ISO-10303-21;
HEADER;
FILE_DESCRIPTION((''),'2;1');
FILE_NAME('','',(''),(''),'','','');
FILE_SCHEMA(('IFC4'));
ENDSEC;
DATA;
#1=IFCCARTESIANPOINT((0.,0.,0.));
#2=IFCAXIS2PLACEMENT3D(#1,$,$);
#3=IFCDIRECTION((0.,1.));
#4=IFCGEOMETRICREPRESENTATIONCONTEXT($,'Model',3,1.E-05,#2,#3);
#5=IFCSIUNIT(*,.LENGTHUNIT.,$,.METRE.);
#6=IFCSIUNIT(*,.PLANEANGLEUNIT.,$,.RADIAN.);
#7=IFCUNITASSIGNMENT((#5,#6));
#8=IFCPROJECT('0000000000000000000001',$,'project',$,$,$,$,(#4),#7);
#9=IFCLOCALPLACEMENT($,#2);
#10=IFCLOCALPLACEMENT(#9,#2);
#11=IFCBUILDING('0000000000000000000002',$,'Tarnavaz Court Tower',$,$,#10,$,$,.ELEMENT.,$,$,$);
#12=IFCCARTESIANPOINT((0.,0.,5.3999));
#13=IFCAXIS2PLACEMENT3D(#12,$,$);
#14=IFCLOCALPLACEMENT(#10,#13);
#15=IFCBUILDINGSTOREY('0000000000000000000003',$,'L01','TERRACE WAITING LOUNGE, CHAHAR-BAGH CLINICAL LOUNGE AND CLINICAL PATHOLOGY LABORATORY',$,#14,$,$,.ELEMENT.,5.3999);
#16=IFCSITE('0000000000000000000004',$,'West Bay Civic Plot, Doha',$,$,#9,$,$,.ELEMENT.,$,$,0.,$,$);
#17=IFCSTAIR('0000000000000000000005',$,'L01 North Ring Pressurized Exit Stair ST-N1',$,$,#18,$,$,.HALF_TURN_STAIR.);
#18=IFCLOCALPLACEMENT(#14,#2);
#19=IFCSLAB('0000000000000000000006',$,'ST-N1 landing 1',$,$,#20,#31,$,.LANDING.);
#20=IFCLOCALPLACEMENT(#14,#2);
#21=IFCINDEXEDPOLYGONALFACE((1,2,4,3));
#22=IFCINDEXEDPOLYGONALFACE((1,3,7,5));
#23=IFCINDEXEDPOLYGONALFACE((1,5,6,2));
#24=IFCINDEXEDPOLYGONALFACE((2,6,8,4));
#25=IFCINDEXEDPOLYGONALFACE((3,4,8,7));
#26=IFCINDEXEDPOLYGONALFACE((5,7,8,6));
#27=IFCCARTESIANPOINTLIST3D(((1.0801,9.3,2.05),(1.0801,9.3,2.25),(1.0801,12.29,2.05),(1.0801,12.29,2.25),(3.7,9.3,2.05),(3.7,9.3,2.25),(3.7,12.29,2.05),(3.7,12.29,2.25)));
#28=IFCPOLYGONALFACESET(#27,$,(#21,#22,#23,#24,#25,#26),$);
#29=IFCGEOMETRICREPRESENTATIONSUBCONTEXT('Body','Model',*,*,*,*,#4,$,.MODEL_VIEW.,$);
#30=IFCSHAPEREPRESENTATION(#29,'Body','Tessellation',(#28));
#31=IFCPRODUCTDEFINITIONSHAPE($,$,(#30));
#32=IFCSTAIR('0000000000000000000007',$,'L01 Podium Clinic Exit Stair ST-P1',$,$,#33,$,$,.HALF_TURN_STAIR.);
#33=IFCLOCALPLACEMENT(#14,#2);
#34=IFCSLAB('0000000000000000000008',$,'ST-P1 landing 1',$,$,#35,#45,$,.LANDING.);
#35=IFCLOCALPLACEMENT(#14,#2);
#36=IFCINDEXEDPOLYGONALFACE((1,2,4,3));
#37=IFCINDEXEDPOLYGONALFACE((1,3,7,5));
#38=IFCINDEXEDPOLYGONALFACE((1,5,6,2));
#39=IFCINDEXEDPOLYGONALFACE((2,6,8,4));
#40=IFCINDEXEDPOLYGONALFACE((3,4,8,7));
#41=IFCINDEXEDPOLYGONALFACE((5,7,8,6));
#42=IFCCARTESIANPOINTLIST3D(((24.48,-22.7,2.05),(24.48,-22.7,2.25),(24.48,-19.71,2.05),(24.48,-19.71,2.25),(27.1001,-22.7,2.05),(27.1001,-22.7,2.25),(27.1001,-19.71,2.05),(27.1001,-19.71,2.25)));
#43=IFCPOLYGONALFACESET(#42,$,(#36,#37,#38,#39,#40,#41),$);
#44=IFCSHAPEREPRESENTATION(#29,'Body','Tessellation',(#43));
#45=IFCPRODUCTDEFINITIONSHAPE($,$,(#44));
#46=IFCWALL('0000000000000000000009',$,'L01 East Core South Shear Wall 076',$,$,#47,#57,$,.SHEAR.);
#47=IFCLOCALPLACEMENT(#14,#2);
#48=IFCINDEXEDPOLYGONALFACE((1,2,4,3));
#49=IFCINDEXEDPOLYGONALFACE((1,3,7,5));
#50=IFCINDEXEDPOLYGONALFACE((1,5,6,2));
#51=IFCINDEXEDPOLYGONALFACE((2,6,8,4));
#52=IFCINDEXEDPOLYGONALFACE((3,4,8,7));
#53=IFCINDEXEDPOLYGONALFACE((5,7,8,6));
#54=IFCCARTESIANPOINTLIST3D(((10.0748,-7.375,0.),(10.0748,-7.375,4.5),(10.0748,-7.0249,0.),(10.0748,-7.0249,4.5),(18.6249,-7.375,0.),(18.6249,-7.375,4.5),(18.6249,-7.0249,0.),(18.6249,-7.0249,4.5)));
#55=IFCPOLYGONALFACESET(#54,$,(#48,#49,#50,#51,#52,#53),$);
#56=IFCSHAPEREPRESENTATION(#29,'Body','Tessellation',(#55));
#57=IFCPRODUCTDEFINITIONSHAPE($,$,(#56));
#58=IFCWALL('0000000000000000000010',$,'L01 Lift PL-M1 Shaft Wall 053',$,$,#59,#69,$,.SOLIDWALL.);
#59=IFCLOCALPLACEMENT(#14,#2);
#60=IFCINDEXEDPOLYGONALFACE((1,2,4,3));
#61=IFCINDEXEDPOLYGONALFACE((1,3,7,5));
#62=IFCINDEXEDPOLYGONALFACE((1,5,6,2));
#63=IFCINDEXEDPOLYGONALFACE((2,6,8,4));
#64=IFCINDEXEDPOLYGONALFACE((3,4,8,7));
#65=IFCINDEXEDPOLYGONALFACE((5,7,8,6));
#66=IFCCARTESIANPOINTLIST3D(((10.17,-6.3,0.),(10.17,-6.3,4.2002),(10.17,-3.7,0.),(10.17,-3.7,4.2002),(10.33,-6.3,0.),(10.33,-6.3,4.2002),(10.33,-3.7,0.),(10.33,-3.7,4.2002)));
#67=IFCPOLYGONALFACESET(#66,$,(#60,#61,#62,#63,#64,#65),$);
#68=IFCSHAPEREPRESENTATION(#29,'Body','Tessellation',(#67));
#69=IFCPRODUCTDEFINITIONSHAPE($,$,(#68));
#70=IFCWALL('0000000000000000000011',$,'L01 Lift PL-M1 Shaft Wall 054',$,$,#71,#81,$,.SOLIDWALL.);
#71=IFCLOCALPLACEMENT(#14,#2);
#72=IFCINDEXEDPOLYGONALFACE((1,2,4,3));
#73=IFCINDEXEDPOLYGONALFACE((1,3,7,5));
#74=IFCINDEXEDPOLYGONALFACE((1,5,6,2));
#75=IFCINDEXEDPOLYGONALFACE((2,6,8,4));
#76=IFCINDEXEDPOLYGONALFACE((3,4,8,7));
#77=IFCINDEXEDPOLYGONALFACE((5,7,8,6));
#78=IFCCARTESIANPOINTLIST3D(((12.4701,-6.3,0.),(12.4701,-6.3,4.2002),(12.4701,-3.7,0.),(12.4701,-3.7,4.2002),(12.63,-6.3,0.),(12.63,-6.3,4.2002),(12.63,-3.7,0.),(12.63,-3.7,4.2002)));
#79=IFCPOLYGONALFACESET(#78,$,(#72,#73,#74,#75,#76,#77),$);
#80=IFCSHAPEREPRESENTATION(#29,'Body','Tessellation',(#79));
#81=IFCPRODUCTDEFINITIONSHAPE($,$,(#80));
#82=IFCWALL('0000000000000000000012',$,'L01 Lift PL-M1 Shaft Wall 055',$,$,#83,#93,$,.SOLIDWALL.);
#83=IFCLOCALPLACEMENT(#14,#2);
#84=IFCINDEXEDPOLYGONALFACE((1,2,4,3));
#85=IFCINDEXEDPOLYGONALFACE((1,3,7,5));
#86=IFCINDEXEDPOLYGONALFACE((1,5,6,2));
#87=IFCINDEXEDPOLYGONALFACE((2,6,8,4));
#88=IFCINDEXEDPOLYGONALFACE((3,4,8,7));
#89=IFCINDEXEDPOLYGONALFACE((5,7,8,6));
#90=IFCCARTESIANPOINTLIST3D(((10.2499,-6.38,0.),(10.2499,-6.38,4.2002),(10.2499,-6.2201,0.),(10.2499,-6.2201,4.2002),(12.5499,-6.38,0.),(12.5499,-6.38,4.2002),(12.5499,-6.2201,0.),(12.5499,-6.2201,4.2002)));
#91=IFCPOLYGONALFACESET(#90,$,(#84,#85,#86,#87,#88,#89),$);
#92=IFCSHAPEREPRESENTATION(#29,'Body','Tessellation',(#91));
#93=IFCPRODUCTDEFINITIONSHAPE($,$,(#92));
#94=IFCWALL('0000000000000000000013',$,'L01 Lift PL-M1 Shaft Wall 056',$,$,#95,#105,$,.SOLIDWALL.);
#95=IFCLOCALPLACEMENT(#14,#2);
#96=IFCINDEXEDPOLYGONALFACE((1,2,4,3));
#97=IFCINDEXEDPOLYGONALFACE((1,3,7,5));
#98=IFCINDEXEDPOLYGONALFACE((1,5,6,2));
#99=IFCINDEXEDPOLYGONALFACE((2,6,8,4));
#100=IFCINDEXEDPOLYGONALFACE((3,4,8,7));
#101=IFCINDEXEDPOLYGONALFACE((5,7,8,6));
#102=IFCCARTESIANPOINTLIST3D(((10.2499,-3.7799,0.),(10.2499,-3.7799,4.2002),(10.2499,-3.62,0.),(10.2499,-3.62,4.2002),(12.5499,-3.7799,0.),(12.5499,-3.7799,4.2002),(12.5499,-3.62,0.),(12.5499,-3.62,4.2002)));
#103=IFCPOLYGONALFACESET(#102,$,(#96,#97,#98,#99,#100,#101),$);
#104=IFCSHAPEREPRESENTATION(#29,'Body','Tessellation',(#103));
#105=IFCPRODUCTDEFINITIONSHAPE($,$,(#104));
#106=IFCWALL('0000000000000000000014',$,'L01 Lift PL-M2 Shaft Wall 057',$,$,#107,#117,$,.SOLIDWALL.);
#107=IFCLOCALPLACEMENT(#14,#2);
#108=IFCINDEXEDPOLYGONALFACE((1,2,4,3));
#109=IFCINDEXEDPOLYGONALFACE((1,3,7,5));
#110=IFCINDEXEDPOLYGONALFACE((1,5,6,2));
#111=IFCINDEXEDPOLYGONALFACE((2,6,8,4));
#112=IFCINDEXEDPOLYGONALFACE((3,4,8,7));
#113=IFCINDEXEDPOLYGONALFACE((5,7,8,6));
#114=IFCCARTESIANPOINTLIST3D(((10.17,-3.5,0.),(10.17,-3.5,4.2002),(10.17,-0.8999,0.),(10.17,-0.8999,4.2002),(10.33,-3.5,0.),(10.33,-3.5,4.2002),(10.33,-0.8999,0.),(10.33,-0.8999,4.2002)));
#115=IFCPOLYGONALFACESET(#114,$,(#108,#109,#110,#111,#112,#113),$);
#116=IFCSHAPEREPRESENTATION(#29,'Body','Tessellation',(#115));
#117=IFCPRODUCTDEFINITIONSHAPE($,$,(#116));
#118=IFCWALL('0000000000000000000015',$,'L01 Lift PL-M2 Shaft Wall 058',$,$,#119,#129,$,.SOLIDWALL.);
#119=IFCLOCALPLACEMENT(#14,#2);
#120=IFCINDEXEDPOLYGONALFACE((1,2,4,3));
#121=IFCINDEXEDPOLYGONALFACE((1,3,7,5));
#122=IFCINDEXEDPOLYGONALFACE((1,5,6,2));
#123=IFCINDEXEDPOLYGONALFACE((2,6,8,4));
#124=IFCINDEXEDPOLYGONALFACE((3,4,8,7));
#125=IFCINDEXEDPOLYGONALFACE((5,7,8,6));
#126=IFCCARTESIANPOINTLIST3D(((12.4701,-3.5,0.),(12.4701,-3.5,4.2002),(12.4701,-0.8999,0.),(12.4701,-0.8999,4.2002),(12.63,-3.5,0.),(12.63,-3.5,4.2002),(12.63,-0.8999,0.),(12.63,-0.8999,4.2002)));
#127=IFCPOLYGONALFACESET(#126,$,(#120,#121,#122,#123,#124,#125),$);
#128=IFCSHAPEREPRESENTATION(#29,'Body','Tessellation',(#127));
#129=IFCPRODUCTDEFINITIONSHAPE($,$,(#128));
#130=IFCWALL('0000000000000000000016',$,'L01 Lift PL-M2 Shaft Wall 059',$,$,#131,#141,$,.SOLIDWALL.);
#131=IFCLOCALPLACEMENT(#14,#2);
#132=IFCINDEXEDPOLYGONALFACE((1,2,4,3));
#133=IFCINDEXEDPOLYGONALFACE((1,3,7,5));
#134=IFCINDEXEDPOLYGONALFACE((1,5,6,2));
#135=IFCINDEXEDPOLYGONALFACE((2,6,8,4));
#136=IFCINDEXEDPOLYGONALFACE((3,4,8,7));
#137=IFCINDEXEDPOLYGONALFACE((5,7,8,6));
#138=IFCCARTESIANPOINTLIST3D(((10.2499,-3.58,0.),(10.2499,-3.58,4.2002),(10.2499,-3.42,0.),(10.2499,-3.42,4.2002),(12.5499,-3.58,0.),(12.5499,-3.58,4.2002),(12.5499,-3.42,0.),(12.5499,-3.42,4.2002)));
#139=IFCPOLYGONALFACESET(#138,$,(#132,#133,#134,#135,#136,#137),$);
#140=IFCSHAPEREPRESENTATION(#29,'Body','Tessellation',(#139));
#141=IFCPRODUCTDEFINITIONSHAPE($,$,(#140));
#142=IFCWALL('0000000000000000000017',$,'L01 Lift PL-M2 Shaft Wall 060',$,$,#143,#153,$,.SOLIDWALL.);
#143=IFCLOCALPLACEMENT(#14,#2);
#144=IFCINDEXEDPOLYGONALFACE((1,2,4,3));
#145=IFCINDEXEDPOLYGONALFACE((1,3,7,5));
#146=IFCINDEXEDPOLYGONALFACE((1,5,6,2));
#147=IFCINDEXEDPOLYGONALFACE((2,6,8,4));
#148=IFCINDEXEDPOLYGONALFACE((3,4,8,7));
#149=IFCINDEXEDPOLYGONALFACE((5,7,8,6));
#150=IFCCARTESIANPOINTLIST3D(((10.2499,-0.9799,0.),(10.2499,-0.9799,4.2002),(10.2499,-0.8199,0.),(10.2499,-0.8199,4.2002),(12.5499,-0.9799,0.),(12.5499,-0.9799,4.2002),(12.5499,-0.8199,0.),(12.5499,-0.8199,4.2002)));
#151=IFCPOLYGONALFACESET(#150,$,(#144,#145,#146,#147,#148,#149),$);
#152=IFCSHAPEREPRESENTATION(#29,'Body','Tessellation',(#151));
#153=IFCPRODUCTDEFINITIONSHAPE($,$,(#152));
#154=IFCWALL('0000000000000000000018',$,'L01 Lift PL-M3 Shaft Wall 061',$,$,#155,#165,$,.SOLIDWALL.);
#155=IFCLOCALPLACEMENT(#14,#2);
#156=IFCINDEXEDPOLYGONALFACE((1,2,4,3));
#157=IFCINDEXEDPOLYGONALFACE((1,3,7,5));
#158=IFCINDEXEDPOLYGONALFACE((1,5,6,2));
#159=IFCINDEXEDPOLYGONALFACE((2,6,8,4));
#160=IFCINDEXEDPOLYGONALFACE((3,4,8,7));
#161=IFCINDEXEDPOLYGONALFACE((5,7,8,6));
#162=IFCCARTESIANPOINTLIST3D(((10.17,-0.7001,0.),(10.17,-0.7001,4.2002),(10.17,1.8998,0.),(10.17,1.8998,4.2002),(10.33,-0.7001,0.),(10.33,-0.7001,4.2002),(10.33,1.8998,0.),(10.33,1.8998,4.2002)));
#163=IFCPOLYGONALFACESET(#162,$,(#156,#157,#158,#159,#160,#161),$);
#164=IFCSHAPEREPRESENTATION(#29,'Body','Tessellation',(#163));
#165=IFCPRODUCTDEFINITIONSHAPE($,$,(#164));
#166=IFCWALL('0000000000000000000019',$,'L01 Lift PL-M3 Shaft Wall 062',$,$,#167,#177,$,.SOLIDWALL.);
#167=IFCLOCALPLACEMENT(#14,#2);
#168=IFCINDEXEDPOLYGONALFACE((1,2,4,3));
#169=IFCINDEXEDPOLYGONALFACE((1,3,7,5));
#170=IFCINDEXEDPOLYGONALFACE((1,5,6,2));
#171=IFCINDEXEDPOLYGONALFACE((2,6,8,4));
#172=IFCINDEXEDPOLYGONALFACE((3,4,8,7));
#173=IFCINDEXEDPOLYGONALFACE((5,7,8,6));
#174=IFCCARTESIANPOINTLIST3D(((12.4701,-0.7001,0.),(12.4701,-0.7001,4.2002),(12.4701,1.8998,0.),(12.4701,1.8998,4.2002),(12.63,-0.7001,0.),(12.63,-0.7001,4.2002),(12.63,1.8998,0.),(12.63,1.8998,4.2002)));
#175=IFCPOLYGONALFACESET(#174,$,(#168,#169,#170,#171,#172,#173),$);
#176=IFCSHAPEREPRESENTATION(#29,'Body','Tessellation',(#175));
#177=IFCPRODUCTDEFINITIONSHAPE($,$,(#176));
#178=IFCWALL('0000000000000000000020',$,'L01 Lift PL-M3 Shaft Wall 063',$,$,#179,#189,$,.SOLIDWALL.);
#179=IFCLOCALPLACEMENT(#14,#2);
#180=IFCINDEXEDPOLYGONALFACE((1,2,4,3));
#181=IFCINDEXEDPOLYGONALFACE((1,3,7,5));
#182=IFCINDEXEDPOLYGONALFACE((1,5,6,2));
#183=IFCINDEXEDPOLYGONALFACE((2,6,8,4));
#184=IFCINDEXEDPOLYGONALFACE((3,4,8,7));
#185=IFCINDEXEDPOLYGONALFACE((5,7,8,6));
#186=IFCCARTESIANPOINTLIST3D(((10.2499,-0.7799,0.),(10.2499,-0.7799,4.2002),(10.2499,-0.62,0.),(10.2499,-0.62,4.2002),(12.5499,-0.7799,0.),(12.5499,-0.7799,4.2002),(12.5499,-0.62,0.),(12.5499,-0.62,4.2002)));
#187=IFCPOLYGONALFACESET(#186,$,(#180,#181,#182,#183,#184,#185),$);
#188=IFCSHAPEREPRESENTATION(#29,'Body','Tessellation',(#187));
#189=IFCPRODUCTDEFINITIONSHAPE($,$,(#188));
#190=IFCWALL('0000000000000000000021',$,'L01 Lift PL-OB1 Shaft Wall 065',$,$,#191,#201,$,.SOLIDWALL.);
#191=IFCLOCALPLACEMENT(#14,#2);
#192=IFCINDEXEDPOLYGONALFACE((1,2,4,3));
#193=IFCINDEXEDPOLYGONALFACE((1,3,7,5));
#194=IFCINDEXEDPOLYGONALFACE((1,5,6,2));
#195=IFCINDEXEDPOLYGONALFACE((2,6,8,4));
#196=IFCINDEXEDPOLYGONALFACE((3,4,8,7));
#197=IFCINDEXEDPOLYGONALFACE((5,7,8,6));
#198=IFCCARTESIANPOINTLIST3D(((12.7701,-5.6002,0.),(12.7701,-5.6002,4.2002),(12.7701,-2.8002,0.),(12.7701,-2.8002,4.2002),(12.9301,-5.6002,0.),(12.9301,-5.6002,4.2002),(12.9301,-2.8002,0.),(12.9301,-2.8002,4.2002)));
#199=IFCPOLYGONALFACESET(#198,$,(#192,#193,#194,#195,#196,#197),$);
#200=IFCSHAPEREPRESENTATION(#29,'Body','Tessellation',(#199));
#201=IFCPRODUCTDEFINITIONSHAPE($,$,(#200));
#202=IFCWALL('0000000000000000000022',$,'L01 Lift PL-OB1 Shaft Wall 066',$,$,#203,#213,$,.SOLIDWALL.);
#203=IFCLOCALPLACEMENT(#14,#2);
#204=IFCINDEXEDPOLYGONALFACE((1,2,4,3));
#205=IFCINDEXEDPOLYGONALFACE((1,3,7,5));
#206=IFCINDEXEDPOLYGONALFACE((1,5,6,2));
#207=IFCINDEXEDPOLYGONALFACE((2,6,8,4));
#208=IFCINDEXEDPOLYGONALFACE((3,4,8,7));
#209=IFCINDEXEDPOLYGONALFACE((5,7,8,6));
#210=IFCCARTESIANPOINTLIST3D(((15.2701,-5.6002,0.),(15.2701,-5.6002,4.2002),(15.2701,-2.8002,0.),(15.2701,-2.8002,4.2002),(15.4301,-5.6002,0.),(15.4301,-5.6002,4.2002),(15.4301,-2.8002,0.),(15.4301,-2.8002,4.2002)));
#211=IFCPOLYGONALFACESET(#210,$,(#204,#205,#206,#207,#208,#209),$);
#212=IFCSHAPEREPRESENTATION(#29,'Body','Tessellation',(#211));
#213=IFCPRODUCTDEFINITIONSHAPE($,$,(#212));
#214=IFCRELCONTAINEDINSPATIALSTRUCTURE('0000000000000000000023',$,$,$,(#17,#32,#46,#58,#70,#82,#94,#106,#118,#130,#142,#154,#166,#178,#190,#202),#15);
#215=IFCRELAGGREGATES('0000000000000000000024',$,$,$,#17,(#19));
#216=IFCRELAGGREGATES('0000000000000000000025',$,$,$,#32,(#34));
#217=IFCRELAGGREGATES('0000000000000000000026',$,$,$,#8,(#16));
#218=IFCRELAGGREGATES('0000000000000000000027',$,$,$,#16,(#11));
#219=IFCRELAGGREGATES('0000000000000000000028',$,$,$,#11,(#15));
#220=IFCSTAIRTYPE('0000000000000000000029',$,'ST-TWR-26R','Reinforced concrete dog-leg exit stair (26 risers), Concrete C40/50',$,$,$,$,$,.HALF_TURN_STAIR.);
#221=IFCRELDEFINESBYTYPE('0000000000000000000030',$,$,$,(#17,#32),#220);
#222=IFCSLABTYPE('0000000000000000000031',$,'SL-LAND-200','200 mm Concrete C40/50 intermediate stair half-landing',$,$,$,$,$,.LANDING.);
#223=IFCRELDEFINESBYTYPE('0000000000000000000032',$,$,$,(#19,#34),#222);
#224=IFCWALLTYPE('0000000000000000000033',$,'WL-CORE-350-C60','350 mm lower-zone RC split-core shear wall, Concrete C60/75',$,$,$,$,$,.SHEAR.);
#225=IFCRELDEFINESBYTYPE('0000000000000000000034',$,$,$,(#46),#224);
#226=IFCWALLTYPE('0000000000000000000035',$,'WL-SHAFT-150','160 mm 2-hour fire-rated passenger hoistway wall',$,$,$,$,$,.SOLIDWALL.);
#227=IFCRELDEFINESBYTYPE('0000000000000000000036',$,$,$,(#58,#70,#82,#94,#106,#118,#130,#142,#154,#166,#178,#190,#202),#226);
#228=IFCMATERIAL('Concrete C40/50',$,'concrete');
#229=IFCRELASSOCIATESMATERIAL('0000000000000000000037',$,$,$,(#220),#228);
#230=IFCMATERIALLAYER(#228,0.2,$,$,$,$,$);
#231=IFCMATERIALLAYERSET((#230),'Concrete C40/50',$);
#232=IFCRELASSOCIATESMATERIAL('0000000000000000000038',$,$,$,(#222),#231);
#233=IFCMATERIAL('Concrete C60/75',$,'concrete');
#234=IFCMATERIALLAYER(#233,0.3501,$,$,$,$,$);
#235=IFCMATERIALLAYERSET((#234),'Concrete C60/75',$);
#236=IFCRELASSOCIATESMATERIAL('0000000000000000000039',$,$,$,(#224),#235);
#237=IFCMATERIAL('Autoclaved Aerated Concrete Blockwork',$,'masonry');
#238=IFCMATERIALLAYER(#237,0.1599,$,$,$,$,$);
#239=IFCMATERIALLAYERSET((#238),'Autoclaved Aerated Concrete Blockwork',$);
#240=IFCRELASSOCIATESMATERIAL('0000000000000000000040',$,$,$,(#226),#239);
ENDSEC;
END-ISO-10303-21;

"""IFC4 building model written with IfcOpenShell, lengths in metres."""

from ifc_helpers import new_model, si_unit, direction, frame, frame_2d, origin, place, context, subcontext, project, spatial, polyline, rectangle, outline, extrude, material, layer, layer_set, type_object, element, aggregate, save


model = new_model("IFC4")

# Units and contexts
model_context = context("Model", 3, precision=1e-05, world=origin(), true_north=direction((0.0, 1.0)))
body_context = subcontext(model_context, "Body", "Model", "MODEL_VIEW")
ifc_project = project(units=[si_unit("LENGTHUNIT", "METRE"), si_unit("PLANEANGLEUNIT", "RADIAN")], contexts=[model_context])

# Site, building, storey
site_placement = place(None, origin())
site = spatial("IfcSite", under=ifc_project, at=site_placement, Name="West Bay Civic Plot, Doha", CompositionType="ELEMENT", RefElevation=0.0)
building_placement = place(site_placement, origin())
building = spatial("IfcBuilding", under=site, at=building_placement, Name="Tarnavaz Court Tower", CompositionType="ELEMENT")
storey_placement = place(building_placement, frame((0.0, 0.0, 5.3999)))
storey = spatial("IfcBuildingStorey", under=building, at=storey_placement, Name="L01", Description="TERRACE WAITING LOUNGE, CHAHAR-BAGH CLINICAL LOUNGE AND CLINICAL PATHOLOGY LABORATORY", CompositionType="ELEMENT", Elevation=5.3999)

# Stairs, slabs
ifc_material_1 = material(Name="Concrete C40/50", Category="concrete")
stair_type = type_object("IfcStairType", Name="ST-TWR-26R", Description="Reinforced concrete dog-leg exit stair (26 risers), Concrete C40/50", PredefinedType="HALF_TURN_STAIR", material=ifc_material_1)
stair_1_placement = place(storey_placement, origin())
stair_1 = element("IfcStair", 1, at=stair_1_placement, inside=storey, type_object=stair_type, Name="L01 North Ring Pressurized Exit Stair ST-N1", PredefinedType="HALF_TURN_STAIR")
ifc_layer_1 = layer(ifc_material_1, 0.2)
ifc_layer_set_1 = layer_set([ifc_layer_1], Name="Concrete C40/50")
slab_type = type_object("IfcSlabType", Name="SL-LAND-200", Description="200 mm Concrete C40/50 intermediate stair half-landing", PredefinedType="LANDING", material=ifc_layer_set_1)
slab_1_placement = place(storey_placement, frame((0.0, 0.0, 2.05)))
slab_1 = element("IfcSlab", 2, at=slab_1_placement, type_object=slab_type, Name="ST-N1 landing 1", PredefinedType="LANDING", context=body_context, shape_type="SweptSolid", body=[
    extrude(outline(polyline([(1.0801, 9.3), (3.7, 9.3), (3.7, 12.29), (1.0801, 12.29), (1.0801, 9.3)])), origin(), (0.0, 0.0, 1.0), 0.2),
])
aggregate(stair_1, [slab_1])
stair_2_placement = place(storey_placement, origin())
stair_2 = element("IfcStair", 3, at=stair_2_placement, inside=storey, type_object=stair_type, Name="L01 Podium Clinic Exit Stair ST-P1", PredefinedType="HALF_TURN_STAIR")
slab_2_placement = place(storey_placement, frame((0.0, 0.0, 2.05)))
slab_2 = element("IfcSlab", 4, at=slab_2_placement, type_object=slab_type, Name="ST-P1 landing 1", PredefinedType="LANDING", context=body_context, shape_type="SweptSolid", body=[
    extrude(outline(polyline([(24.48, -22.7), (27.1001, -22.7), (27.1001, -19.71), (24.48, -19.71), (24.48, -22.7)])), origin(), (0.0, 0.0, 1.0), 0.2),
])
aggregate(stair_2, [slab_2])

# Walls
ifc_material_2 = material(Name="Concrete C60/75", Category="concrete")
ifc_layer_2 = layer(ifc_material_2, 0.3501)
ifc_layer_set_2 = layer_set([ifc_layer_2], Name="Concrete C60/75")
wall_type_1 = type_object("IfcWallType", Name="WL-CORE-350-C60", Description="350 mm lower-zone RC split-core shear wall, Concrete C60/75", PredefinedType="SHEAR", material=ifc_layer_set_2)
wall_1_placement = place(storey_placement, frame((10.075, -7.2, 0.0), z_axis=(0.0, 0.0, 1.0), x_axis=(1.0, 0.0, 0.0)))
element("IfcWall", 5, at=wall_1_placement, inside=storey, type_object=wall_type_1, Name="L01 East Core South Shear Wall 076", PredefinedType="SHEAR", context=body_context, shape_type="SweptSolid", body=[
    extrude(rectangle(XDim=8.55, YDim=0.3501, at=frame_2d((4.2749, 0.0))), origin(), (0.0, 0.0, 1.0), 4.5),
])
ifc_material_3 = material(Name="Autoclaved Aerated Concrete Blockwork", Category="masonry")
ifc_layer_3 = layer(ifc_material_3, 0.1599)
ifc_layer_set_3 = layer_set([ifc_layer_3], Name="Autoclaved Aerated Concrete Blockwork")
wall_type_2 = type_object("IfcWallType", Name="WL-SHAFT-150", Description="160 mm 2-hour fire-rated passenger hoistway wall", PredefinedType="SOLIDWALL", material=ifc_layer_set_3)
for number, where, z_axis, x_axis, name in (
    (6, (10.25, -6.3, 0.0), (0.0, 0.0, 1.0), (0.0, 1.0, 0.0), "L01 Lift PL-M1 Shaft Wall 053"),
    (7, (12.55, -6.3, 0.0), (0.0, 0.0, 1.0), (0.0, 1.0, 0.0), "L01 Lift PL-M1 Shaft Wall 054"),
):
    element("IfcWall", number, at=place(storey_placement, frame(where, z_axis=z_axis, x_axis=x_axis)), inside=storey, type_object=wall_type_2, Name=name, PredefinedType="SOLIDWALL", context=body_context, shape_type="SweptSolid", body=[
        extrude(rectangle(XDim=2.6001, YDim=0.1599, at=frame_2d((1.3, 0.0))), origin(), (0.0, 0.0, 1.0), 4.2002),
    ])
for number, where, z_axis, x_axis, name in (
    (8, (10.25, -6.3, 0.0), (0.0, 0.0, 1.0), (1.0, 0.0, 0.0), "L01 Lift PL-M1 Shaft Wall 055"),
    (9, (10.25, -3.7, 0.0), (0.0, 0.0, 1.0), (1.0, 0.0, 0.0), "L01 Lift PL-M1 Shaft Wall 056"),
):
    element("IfcWall", number, at=place(storey_placement, frame(where, z_axis=z_axis, x_axis=x_axis)), inside=storey, type_object=wall_type_2, Name=name, PredefinedType="SOLIDWALL", context=body_context, shape_type="SweptSolid", body=[
        extrude(rectangle(XDim=2.3, YDim=0.1599, at=frame_2d((1.1499, 0.0))), origin(), (0.0, 0.0, 1.0), 4.2002),
    ])
for number, where, z_axis, x_axis, name in (
    (10, (10.25, -3.5, 0.0), (0.0, 0.0, 1.0), (0.0, 1.0, 0.0), "L01 Lift PL-M2 Shaft Wall 057"),
    (11, (12.55, -3.5, 0.0), (0.0, 0.0, 1.0), (0.0, 1.0, 0.0), "L01 Lift PL-M2 Shaft Wall 058"),
):
    element("IfcWall", number, at=place(storey_placement, frame(where, z_axis=z_axis, x_axis=x_axis)), inside=storey, type_object=wall_type_2, Name=name, PredefinedType="SOLIDWALL", context=body_context, shape_type="SweptSolid", body=[
        extrude(rectangle(XDim=2.6001, YDim=0.1599, at=frame_2d((1.3, 0.0))), origin(), (0.0, 0.0, 1.0), 4.2002),
    ])
for number, where, z_axis, x_axis, name in (
    (12, (10.25, -3.5, 0.0), (0.0, 0.0, 1.0), (1.0, 0.0, 0.0), "L01 Lift PL-M2 Shaft Wall 059"),
    (13, (10.25, -0.8999, 0.0), (0.0, 0.0, 1.0), (1.0, 0.0, 0.0), "L01 Lift PL-M2 Shaft Wall 060"),
):
    element("IfcWall", number, at=place(storey_placement, frame(where, z_axis=z_axis, x_axis=x_axis)), inside=storey, type_object=wall_type_2, Name=name, PredefinedType="SOLIDWALL", context=body_context, shape_type="SweptSolid", body=[
        extrude(rectangle(XDim=2.3, YDim=0.1599, at=frame_2d((1.1499, 0.0))), origin(), (0.0, 0.0, 1.0), 4.2002),
    ])
for number, where, z_axis, x_axis, name in (
    (14, (10.25, -0.7, 0.0), (0.0, 0.0, 1.0), (0.0, 1.0, 0.0), "L01 Lift PL-M3 Shaft Wall 061"),
    (15, (12.55, -0.7, 0.0), (0.0, 0.0, 1.0), (0.0, 1.0, 0.0), "L01 Lift PL-M3 Shaft Wall 062"),
):
    element("IfcWall", number, at=place(storey_placement, frame(where, z_axis=z_axis, x_axis=x_axis)), inside=storey, type_object=wall_type_2, Name=name, PredefinedType="SOLIDWALL", context=body_context, shape_type="SweptSolid", body=[
        extrude(rectangle(XDim=2.5999, YDim=0.1599, at=frame_2d((1.2998, 0.0))), origin(), (0.0, 0.0, 1.0), 4.2002),
    ])
wall_2_placement = place(storey_placement, frame((10.25, -0.7, 0.0), z_axis=(0.0, 0.0, 1.0), x_axis=(1.0, 0.0, 0.0)))
element("IfcWall", 16, at=wall_2_placement, inside=storey, type_object=wall_type_2, Name="L01 Lift PL-M3 Shaft Wall 063", PredefinedType="SOLIDWALL", context=body_context, shape_type="SweptSolid", body=[
    extrude(rectangle(XDim=2.3, YDim=0.1599, at=frame_2d((1.1499, 0.0))), origin(), (0.0, 0.0, 1.0), 4.2002),
])
for number, where, z_axis, x_axis, name in (
    (17, (12.8501, -5.6001, 0.0), (0.0, 0.0, 1.0), (0.0, 1.0, 0.0), "L01 Lift PL-OB1 Shaft Wall 065"),
    (18, (15.3501, -5.6001, 0.0), (0.0, 0.0, 1.0), (0.0, 1.0, 0.0), "L01 Lift PL-OB1 Shaft Wall 066"),
):
    element("IfcWall", number, at=place(storey_placement, frame(where, z_axis=z_axis, x_axis=x_axis)), inside=storey, type_object=wall_type_2, Name=name, PredefinedType="SOLIDWALL", context=body_context, shape_type="SweptSolid", body=[
        extrude(rectangle(XDim=2.8, YDim=0.1599, at=frame_2d((1.3999, 0.0))), origin(), (0.0, 0.0, 1.0), 4.2002),
    ])

save(model, "model.ifc")
